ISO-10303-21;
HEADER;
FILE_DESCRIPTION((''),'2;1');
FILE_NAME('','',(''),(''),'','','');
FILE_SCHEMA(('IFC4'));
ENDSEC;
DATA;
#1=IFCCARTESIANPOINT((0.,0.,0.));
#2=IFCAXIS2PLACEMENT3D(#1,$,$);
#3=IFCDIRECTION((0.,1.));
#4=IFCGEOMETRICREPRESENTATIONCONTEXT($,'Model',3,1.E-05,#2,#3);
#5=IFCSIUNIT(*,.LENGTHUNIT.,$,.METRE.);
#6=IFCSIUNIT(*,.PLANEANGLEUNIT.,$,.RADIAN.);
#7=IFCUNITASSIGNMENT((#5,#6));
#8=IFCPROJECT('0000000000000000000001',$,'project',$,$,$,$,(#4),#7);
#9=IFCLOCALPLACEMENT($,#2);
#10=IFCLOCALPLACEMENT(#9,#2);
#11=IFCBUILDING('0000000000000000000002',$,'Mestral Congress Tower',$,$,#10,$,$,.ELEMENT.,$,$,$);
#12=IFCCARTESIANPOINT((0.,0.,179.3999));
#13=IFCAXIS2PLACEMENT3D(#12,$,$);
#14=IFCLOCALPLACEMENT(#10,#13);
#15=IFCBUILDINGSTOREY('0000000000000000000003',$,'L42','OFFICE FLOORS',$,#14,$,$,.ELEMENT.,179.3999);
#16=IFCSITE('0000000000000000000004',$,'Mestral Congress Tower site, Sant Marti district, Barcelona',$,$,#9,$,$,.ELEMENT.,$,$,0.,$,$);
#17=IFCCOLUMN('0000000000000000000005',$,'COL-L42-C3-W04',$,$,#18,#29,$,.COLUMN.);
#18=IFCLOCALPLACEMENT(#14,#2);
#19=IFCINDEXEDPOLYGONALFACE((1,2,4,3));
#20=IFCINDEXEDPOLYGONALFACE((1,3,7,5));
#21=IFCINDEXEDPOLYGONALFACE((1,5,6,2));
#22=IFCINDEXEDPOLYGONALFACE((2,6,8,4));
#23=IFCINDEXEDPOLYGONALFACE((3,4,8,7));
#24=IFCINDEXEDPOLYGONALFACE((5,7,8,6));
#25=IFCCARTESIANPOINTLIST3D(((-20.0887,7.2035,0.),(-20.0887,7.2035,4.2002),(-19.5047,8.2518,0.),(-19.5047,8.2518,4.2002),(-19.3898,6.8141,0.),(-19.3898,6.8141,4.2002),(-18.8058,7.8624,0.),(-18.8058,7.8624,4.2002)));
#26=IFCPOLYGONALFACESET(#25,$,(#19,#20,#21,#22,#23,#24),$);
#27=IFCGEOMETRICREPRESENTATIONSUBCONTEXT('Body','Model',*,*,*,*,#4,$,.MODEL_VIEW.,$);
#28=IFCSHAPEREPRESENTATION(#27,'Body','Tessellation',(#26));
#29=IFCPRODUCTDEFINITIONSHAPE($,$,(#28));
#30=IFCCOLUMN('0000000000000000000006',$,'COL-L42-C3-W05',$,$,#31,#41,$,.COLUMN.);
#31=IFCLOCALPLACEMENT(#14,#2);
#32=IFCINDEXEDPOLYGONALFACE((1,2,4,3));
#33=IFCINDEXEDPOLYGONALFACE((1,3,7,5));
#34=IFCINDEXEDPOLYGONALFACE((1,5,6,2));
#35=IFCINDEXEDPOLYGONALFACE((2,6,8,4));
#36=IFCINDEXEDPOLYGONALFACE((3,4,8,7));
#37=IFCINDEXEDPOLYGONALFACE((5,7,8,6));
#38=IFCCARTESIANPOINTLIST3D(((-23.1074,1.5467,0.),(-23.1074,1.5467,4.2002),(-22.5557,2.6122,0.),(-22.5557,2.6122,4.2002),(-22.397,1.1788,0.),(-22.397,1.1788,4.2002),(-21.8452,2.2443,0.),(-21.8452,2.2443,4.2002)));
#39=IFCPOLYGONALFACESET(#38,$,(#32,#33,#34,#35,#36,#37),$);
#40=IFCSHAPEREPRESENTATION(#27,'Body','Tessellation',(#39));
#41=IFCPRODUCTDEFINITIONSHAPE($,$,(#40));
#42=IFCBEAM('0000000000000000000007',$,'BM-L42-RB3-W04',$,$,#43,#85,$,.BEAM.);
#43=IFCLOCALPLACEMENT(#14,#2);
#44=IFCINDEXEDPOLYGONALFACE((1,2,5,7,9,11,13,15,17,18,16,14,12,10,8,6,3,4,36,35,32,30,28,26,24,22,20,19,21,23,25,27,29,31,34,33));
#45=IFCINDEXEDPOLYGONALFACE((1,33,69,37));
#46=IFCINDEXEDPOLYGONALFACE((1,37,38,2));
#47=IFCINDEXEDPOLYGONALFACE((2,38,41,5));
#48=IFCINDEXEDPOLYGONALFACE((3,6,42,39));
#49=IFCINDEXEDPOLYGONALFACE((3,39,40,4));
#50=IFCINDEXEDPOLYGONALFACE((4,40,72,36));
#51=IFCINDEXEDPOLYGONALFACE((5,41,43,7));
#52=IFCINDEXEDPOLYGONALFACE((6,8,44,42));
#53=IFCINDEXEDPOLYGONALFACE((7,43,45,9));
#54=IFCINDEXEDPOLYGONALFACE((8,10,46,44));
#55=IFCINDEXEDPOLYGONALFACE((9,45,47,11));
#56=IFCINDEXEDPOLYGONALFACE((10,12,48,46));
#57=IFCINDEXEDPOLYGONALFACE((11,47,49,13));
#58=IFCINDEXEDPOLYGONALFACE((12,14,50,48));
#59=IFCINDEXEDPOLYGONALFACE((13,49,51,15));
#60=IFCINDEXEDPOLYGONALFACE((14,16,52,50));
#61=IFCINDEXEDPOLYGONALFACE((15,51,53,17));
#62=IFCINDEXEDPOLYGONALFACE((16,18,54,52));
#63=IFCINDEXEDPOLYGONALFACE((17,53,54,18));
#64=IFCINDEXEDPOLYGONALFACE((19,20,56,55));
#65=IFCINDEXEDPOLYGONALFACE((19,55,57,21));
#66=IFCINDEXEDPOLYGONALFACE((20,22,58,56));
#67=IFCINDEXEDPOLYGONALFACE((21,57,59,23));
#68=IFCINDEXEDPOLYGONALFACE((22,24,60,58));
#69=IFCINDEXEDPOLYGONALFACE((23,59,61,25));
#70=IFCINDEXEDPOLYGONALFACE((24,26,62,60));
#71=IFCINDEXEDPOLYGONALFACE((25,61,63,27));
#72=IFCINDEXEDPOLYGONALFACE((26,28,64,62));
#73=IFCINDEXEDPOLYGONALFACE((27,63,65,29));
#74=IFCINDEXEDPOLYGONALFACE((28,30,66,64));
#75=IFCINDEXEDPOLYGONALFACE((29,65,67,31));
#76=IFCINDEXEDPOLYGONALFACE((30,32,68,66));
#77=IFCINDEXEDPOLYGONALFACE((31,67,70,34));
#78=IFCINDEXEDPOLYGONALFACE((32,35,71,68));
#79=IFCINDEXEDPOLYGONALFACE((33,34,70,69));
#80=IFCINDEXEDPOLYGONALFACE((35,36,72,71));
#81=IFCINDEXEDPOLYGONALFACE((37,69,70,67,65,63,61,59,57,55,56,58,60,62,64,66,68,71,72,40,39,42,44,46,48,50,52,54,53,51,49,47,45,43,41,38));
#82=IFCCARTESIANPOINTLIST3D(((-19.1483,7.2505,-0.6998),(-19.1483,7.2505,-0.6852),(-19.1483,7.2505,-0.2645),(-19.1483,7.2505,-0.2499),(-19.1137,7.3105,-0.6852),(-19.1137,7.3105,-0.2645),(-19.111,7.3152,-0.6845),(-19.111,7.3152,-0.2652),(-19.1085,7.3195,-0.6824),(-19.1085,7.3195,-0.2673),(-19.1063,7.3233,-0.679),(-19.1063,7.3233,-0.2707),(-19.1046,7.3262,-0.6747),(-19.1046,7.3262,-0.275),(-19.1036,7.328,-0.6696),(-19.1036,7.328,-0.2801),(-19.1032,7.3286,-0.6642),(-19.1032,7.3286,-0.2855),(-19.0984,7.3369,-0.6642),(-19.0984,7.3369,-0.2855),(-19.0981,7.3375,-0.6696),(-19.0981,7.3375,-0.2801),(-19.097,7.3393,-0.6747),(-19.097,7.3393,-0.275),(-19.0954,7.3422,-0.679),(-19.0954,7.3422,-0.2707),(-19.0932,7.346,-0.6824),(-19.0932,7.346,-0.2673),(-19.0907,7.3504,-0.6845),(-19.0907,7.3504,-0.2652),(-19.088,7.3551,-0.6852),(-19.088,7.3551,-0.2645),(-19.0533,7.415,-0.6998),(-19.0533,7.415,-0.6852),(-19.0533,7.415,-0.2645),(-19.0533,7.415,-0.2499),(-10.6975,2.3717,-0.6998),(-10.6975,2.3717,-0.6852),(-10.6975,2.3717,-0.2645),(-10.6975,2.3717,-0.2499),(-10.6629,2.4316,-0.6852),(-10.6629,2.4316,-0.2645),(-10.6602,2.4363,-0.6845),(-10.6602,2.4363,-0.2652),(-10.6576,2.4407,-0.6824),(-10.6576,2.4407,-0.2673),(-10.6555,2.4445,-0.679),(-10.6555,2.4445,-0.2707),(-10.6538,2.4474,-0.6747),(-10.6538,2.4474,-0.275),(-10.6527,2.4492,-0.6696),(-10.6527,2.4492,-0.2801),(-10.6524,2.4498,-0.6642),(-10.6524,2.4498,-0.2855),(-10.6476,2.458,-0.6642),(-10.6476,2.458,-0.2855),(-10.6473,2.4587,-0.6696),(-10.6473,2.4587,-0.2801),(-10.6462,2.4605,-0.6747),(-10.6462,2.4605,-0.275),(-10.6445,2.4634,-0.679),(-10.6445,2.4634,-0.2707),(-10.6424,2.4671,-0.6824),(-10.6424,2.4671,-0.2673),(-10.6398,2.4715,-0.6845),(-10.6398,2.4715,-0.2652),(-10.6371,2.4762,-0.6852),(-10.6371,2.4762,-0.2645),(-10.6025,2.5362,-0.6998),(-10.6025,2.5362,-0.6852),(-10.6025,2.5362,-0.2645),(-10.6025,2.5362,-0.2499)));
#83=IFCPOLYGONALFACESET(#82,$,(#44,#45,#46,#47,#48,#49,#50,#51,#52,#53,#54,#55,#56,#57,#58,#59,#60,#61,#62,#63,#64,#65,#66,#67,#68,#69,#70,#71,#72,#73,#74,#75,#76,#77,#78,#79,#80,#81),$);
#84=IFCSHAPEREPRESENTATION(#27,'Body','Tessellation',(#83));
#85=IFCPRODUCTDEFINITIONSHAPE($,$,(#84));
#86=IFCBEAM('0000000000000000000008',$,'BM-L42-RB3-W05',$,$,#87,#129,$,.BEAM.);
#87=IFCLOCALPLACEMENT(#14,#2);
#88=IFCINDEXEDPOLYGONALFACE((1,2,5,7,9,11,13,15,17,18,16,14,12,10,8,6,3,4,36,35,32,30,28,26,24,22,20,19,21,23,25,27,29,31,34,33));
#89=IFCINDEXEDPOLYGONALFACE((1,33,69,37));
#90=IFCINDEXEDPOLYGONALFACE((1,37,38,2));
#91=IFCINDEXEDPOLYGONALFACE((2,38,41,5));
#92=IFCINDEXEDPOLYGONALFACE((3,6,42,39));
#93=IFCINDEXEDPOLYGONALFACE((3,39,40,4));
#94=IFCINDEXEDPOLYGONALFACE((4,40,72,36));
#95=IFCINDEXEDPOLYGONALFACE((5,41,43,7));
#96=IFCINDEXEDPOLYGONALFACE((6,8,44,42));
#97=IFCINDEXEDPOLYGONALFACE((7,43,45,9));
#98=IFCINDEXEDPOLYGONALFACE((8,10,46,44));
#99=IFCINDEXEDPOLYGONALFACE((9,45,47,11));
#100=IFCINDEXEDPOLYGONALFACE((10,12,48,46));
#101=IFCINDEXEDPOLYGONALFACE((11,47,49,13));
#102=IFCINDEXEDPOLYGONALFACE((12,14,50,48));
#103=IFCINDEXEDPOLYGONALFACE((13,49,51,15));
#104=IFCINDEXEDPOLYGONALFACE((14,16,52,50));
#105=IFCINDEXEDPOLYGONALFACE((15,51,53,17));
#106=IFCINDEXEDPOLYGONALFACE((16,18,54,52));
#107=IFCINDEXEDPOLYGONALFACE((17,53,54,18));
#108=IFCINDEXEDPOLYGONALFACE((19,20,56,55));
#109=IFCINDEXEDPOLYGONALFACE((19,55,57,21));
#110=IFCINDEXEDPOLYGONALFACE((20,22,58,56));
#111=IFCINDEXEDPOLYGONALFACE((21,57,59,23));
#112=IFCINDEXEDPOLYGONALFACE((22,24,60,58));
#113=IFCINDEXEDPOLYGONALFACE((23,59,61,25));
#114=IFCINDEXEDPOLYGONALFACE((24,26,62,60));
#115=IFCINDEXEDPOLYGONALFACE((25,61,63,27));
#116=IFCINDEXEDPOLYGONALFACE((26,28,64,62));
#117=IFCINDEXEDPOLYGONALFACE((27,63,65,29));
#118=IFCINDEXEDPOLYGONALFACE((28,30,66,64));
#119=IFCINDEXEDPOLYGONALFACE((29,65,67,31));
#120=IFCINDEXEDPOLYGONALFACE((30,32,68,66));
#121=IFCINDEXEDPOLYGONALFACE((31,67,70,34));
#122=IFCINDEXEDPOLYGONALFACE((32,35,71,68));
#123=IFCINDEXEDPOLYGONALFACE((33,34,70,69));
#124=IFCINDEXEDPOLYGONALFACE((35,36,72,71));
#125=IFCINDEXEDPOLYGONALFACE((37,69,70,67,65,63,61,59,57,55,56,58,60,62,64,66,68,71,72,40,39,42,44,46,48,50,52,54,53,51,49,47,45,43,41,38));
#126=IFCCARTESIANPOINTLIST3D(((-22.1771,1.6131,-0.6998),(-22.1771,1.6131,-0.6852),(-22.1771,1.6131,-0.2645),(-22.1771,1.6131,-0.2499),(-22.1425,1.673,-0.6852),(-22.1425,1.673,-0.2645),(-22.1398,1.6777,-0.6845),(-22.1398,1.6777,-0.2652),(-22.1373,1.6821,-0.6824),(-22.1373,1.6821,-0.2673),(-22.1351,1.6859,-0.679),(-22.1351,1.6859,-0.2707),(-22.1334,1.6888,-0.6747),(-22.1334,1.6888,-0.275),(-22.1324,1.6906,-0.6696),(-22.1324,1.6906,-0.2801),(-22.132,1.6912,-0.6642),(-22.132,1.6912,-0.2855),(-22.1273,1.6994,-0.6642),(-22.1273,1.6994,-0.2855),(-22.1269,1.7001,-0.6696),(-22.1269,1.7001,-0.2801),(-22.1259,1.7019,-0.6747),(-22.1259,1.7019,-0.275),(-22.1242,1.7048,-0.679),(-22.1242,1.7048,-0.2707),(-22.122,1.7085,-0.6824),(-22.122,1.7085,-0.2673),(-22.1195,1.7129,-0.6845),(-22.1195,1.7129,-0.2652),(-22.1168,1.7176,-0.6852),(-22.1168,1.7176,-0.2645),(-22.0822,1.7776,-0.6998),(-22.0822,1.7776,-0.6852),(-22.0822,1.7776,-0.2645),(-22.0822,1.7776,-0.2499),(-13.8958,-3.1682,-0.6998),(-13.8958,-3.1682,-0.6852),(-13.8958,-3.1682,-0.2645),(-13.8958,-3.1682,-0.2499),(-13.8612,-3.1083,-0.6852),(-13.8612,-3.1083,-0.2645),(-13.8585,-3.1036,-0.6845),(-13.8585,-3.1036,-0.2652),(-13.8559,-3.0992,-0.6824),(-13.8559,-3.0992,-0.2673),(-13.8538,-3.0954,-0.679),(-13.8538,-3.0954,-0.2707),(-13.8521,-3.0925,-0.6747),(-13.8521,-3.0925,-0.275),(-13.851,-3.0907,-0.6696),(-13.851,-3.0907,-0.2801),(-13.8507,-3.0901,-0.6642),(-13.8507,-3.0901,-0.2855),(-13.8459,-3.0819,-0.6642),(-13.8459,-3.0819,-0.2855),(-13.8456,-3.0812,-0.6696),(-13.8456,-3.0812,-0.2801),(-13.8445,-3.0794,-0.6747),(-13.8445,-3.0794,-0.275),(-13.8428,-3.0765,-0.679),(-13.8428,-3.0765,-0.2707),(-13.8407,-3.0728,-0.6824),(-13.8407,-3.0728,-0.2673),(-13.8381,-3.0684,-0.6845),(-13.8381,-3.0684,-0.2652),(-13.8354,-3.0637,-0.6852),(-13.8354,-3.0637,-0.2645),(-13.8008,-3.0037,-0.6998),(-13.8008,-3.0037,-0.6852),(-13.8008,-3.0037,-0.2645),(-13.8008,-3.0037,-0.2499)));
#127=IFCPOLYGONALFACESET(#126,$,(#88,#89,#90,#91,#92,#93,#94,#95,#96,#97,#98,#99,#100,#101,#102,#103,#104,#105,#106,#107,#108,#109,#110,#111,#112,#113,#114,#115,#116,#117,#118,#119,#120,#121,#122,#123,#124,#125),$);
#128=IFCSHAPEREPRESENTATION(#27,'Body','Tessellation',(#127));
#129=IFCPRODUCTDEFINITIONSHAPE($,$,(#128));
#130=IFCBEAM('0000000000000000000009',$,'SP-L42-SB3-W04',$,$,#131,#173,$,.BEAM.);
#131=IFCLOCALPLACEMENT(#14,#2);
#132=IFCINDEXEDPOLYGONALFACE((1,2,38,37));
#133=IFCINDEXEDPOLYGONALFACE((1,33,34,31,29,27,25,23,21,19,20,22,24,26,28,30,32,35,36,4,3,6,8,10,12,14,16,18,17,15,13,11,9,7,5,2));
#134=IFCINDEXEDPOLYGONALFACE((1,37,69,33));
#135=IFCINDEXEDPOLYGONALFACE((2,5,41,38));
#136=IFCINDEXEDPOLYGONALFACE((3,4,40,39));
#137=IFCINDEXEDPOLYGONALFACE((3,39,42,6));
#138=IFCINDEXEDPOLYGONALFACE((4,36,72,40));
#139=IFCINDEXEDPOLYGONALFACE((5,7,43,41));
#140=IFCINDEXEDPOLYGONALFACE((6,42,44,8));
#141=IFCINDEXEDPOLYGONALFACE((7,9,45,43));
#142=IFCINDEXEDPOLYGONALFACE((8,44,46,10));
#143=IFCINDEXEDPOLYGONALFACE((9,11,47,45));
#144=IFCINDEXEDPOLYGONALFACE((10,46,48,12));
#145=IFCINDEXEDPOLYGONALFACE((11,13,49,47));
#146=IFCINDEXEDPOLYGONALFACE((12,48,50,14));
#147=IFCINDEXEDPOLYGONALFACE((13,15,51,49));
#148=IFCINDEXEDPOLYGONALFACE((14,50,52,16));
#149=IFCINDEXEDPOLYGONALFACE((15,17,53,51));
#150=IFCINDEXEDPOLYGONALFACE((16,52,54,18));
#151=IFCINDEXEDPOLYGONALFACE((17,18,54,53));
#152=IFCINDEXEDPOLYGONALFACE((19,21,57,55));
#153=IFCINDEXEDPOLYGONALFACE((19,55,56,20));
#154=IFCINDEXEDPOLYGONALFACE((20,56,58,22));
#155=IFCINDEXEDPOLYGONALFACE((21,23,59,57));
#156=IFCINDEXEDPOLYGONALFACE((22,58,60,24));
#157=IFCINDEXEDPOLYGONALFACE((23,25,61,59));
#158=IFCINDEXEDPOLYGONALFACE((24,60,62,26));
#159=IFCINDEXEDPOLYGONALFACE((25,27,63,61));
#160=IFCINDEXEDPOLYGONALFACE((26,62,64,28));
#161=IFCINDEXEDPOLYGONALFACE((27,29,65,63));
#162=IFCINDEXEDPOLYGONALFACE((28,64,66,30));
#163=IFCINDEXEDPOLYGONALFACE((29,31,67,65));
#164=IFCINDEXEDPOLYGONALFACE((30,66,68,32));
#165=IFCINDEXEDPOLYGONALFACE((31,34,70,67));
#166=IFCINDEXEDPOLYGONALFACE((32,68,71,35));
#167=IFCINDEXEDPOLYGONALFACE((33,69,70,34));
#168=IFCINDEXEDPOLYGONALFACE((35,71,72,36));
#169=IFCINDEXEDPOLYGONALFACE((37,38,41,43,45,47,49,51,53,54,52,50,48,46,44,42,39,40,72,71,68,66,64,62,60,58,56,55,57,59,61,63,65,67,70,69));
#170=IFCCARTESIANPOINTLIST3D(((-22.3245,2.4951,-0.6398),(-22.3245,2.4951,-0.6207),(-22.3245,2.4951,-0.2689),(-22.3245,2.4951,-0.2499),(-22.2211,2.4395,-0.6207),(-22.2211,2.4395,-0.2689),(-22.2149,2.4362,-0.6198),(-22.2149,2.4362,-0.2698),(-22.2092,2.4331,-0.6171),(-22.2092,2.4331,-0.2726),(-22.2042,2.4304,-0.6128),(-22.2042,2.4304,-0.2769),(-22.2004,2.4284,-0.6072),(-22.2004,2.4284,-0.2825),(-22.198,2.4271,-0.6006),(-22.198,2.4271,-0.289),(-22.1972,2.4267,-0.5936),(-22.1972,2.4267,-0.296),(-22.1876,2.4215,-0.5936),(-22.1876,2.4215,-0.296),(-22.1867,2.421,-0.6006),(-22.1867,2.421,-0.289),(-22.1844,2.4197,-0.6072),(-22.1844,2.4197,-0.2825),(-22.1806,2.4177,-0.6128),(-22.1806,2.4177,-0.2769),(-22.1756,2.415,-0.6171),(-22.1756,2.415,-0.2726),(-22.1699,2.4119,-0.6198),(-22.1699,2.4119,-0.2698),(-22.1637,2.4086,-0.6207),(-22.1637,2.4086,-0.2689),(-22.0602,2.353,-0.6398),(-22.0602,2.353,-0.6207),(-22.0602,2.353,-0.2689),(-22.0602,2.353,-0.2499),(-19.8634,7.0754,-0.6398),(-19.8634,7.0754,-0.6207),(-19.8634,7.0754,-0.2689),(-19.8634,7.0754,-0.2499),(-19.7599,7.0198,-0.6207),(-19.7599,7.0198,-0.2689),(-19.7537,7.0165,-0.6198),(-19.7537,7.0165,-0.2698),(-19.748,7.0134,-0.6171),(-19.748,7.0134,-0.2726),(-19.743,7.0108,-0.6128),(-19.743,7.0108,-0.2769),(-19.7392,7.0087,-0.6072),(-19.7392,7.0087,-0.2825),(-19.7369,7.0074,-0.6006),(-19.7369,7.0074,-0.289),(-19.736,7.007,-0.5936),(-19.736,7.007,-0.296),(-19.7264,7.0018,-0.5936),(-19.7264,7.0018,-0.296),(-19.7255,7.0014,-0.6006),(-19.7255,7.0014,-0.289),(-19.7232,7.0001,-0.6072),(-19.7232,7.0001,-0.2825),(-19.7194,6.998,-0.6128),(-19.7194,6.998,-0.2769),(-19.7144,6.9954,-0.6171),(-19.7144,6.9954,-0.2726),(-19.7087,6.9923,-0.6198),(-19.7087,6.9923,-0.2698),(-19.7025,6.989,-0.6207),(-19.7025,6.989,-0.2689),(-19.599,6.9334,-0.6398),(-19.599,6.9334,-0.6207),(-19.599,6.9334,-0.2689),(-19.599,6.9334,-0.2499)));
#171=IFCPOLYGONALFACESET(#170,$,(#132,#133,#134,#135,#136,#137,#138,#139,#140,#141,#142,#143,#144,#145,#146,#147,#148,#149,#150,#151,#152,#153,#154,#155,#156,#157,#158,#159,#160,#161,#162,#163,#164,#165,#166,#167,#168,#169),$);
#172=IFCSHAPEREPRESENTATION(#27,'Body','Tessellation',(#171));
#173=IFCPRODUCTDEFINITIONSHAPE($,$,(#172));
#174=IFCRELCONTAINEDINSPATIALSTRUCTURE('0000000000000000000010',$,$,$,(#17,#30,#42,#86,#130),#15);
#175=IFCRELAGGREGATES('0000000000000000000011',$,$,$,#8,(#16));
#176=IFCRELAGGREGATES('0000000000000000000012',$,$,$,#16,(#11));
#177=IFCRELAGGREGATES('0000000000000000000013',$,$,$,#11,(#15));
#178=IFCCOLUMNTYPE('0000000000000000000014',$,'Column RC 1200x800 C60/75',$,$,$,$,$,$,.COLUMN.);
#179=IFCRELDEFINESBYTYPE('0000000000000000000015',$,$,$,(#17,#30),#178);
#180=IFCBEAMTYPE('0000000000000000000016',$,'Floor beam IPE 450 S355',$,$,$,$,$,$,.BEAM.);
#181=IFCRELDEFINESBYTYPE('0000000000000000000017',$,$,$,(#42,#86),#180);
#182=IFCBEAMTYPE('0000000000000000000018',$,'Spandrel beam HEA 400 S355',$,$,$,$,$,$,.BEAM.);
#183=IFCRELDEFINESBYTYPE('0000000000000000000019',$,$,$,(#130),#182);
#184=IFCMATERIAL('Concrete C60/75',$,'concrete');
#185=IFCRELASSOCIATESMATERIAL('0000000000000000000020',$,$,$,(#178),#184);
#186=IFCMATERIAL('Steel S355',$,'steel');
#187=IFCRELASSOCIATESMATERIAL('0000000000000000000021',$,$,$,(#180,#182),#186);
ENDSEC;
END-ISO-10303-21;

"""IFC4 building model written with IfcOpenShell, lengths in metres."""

from ifc_helpers import new_model, si_unit, direction, frame, origin, origin_2d, place, context, subcontext, project, spatial, rectangle, i_section, extrude, material, material_profile, profile_set, type_object, element, save


model = new_model("IFC4")

# Units and contexts
model_context = context("Model", 3, precision=1e-05, world=origin(), true_north=direction((0.0, 1.0)))
body_context = subcontext(model_context, "Body", "Model", "MODEL_VIEW")
ifc_project = project(units=[si_unit("LENGTHUNIT", "METRE"), si_unit("PLANEANGLEUNIT", "RADIAN")], contexts=[model_context])

# Site, building, storey
site_placement = place(None, origin())
site = spatial("IfcSite", under=ifc_project, at=site_placement, Name="Mestral Congress Tower site, Sant Marti district, Barcelona", CompositionType="ELEMENT", RefElevation=0.0)
building_placement = place(site_placement, origin())
building = spatial("IfcBuilding", under=site, at=building_placement, Name="Mestral Congress Tower", CompositionType="ELEMENT")
storey_placement = place(building_placement, frame((0.0, 0.0, 179.3999)))
storey = spatial("IfcBuildingStorey", under=building, at=storey_placement, Name="L42", Description="OFFICE FLOORS", CompositionType="ELEMENT", Elevation=179.3999)

# Columns
ifc_material_1 = material(Name="Concrete C60/75", Category="concrete")
ifc_material_profile_1 = material_profile(ifc_material_1, rectangle(XDim=1.2, YDim=0.8, at=origin_2d()), Name="RC 1200x800")
ifc_profile_set_1 = profile_set([ifc_material_profile_1], Name="Concrete C60/75")
column_type = type_object("IfcColumnType", Name="Column RC 1200x800 C60/75", PredefinedType="COLUMN", material=ifc_profile_set_1)
for number, where, z_axis, x_axis, name in (
    (1, (-19.4473, 7.533, 0.0), (0.0, 0.0, 1.0), (-0.486724, -0.873556, 0.0), "COL-L42-C3-W04"),
    (2, (-22.4763, 1.8955, 0.0), (0.0, 0.0, 1.0), (-0.459837, -0.888003, 0.0), "COL-L42-C3-W05"),
):
    element("IfcColumn", number, at=place(storey_placement, frame(where, z_axis=z_axis, x_axis=x_axis)), inside=storey, type_object=column_type, Name=name, PredefinedType="COLUMN", context=body_context, shape_type="SweptSolid", body=[
        extrude(rectangle(XDim=1.2, YDim=0.8, at=origin_2d()), origin(), (0.0, 0.0, 1.0), 4.2002),
    ])

# Beams
ifc_material_2 = material(Name="Steel S355", Category="steel")
ifc_material_profile_2 = material_profile(ifc_material_2, i_section(OverallWidth=0.1899, OverallDepth=0.45, WebThickness=0.0095, FlangeThickness=0.0146, FilletRadius=0.021, at=origin_2d()), Name="IPE 450")
ifc_profile_set_2 = profile_set([ifc_material_profile_2], Name="Steel S355")
beam_type_1 = type_object("IfcBeamType", Name="Floor beam IPE 450 S355", PredefinedType="BEAM", material=ifc_profile_set_2)
beam_1_placement = place(storey_placement, frame((-19.1008, 7.3328, -0.4749), z_axis=(0.866036, -0.499982, 0.0), x_axis=(0.499982, 0.866036, 0.0)))
element("IfcBeam", 3, at=beam_1_placement, inside=storey, type_object=beam_type_1, Name="BM-L42-RB3-W04", PredefinedType="BEAM", context=body_context, shape_type="SweptSolid", body=[
    extrude(i_section(OverallWidth=0.1899, OverallDepth=0.45, WebThickness=0.0095, FlangeThickness=0.0146, FilletRadius=0.021, at=origin_2d()), origin(), (0.0, 0.0, 1.0), 9.7581),
])
beam_2_placement = place(storey_placement, frame((-22.1296, 1.6953, -0.4749), z_axis=(0.866022, -0.500005, 0.0), x_axis=(0.500005, 0.866022, 0.0)))
element("IfcBeam", 4, at=beam_2_placement, inside=storey, type_object=beam_type_1, Name="BM-L42-RB3-W05", PredefinedType="BEAM", context=body_context, shape_type="SweptSolid", body=[
    extrude(i_section(OverallWidth=0.1899, OverallDepth=0.45, WebThickness=0.0095, FlangeThickness=0.0146, FilletRadius=0.021, at=origin_2d()), origin(), (0.0, 0.0, 1.0), 9.5625),
])
ifc_material_profile_3 = material_profile(ifc_material_2, i_section(OverallWidth=0.3, OverallDepth=0.3899, WebThickness=0.011, FlangeThickness=0.019, FilletRadius=0.0271, at=origin_2d()), Name="HEA 400")
ifc_profile_set_3 = profile_set([ifc_material_profile_3], Name="Steel S355")
beam_type_2 = type_object("IfcBeamType", Name="Spandrel beam HEA 400 S355", PredefinedType="BEAM", material=ifc_profile_set_3)
beam_3_placement = place(storey_placement, frame((-19.7312, 7.0044, -0.4448), z_axis=(-0.473332, -0.880884, 0.0), x_axis=(0.880884, -0.473332, 0.0)))
element("IfcBeam", 5, at=beam_3_placement, inside=storey, type_object=beam_type_2, Name="SP-L42-SB3-W04", PredefinedType="BEAM", context=body_context, shape_type="SweptSolid", body=[
    extrude(i_section(OverallWidth=0.3, OverallDepth=0.3899, WebThickness=0.011, FlangeThickness=0.019, FilletRadius=0.0271, at=origin_2d()), origin(), (0.0, 0.0, 1.0), 5.1997),
])

save(model, "model.ifc")
